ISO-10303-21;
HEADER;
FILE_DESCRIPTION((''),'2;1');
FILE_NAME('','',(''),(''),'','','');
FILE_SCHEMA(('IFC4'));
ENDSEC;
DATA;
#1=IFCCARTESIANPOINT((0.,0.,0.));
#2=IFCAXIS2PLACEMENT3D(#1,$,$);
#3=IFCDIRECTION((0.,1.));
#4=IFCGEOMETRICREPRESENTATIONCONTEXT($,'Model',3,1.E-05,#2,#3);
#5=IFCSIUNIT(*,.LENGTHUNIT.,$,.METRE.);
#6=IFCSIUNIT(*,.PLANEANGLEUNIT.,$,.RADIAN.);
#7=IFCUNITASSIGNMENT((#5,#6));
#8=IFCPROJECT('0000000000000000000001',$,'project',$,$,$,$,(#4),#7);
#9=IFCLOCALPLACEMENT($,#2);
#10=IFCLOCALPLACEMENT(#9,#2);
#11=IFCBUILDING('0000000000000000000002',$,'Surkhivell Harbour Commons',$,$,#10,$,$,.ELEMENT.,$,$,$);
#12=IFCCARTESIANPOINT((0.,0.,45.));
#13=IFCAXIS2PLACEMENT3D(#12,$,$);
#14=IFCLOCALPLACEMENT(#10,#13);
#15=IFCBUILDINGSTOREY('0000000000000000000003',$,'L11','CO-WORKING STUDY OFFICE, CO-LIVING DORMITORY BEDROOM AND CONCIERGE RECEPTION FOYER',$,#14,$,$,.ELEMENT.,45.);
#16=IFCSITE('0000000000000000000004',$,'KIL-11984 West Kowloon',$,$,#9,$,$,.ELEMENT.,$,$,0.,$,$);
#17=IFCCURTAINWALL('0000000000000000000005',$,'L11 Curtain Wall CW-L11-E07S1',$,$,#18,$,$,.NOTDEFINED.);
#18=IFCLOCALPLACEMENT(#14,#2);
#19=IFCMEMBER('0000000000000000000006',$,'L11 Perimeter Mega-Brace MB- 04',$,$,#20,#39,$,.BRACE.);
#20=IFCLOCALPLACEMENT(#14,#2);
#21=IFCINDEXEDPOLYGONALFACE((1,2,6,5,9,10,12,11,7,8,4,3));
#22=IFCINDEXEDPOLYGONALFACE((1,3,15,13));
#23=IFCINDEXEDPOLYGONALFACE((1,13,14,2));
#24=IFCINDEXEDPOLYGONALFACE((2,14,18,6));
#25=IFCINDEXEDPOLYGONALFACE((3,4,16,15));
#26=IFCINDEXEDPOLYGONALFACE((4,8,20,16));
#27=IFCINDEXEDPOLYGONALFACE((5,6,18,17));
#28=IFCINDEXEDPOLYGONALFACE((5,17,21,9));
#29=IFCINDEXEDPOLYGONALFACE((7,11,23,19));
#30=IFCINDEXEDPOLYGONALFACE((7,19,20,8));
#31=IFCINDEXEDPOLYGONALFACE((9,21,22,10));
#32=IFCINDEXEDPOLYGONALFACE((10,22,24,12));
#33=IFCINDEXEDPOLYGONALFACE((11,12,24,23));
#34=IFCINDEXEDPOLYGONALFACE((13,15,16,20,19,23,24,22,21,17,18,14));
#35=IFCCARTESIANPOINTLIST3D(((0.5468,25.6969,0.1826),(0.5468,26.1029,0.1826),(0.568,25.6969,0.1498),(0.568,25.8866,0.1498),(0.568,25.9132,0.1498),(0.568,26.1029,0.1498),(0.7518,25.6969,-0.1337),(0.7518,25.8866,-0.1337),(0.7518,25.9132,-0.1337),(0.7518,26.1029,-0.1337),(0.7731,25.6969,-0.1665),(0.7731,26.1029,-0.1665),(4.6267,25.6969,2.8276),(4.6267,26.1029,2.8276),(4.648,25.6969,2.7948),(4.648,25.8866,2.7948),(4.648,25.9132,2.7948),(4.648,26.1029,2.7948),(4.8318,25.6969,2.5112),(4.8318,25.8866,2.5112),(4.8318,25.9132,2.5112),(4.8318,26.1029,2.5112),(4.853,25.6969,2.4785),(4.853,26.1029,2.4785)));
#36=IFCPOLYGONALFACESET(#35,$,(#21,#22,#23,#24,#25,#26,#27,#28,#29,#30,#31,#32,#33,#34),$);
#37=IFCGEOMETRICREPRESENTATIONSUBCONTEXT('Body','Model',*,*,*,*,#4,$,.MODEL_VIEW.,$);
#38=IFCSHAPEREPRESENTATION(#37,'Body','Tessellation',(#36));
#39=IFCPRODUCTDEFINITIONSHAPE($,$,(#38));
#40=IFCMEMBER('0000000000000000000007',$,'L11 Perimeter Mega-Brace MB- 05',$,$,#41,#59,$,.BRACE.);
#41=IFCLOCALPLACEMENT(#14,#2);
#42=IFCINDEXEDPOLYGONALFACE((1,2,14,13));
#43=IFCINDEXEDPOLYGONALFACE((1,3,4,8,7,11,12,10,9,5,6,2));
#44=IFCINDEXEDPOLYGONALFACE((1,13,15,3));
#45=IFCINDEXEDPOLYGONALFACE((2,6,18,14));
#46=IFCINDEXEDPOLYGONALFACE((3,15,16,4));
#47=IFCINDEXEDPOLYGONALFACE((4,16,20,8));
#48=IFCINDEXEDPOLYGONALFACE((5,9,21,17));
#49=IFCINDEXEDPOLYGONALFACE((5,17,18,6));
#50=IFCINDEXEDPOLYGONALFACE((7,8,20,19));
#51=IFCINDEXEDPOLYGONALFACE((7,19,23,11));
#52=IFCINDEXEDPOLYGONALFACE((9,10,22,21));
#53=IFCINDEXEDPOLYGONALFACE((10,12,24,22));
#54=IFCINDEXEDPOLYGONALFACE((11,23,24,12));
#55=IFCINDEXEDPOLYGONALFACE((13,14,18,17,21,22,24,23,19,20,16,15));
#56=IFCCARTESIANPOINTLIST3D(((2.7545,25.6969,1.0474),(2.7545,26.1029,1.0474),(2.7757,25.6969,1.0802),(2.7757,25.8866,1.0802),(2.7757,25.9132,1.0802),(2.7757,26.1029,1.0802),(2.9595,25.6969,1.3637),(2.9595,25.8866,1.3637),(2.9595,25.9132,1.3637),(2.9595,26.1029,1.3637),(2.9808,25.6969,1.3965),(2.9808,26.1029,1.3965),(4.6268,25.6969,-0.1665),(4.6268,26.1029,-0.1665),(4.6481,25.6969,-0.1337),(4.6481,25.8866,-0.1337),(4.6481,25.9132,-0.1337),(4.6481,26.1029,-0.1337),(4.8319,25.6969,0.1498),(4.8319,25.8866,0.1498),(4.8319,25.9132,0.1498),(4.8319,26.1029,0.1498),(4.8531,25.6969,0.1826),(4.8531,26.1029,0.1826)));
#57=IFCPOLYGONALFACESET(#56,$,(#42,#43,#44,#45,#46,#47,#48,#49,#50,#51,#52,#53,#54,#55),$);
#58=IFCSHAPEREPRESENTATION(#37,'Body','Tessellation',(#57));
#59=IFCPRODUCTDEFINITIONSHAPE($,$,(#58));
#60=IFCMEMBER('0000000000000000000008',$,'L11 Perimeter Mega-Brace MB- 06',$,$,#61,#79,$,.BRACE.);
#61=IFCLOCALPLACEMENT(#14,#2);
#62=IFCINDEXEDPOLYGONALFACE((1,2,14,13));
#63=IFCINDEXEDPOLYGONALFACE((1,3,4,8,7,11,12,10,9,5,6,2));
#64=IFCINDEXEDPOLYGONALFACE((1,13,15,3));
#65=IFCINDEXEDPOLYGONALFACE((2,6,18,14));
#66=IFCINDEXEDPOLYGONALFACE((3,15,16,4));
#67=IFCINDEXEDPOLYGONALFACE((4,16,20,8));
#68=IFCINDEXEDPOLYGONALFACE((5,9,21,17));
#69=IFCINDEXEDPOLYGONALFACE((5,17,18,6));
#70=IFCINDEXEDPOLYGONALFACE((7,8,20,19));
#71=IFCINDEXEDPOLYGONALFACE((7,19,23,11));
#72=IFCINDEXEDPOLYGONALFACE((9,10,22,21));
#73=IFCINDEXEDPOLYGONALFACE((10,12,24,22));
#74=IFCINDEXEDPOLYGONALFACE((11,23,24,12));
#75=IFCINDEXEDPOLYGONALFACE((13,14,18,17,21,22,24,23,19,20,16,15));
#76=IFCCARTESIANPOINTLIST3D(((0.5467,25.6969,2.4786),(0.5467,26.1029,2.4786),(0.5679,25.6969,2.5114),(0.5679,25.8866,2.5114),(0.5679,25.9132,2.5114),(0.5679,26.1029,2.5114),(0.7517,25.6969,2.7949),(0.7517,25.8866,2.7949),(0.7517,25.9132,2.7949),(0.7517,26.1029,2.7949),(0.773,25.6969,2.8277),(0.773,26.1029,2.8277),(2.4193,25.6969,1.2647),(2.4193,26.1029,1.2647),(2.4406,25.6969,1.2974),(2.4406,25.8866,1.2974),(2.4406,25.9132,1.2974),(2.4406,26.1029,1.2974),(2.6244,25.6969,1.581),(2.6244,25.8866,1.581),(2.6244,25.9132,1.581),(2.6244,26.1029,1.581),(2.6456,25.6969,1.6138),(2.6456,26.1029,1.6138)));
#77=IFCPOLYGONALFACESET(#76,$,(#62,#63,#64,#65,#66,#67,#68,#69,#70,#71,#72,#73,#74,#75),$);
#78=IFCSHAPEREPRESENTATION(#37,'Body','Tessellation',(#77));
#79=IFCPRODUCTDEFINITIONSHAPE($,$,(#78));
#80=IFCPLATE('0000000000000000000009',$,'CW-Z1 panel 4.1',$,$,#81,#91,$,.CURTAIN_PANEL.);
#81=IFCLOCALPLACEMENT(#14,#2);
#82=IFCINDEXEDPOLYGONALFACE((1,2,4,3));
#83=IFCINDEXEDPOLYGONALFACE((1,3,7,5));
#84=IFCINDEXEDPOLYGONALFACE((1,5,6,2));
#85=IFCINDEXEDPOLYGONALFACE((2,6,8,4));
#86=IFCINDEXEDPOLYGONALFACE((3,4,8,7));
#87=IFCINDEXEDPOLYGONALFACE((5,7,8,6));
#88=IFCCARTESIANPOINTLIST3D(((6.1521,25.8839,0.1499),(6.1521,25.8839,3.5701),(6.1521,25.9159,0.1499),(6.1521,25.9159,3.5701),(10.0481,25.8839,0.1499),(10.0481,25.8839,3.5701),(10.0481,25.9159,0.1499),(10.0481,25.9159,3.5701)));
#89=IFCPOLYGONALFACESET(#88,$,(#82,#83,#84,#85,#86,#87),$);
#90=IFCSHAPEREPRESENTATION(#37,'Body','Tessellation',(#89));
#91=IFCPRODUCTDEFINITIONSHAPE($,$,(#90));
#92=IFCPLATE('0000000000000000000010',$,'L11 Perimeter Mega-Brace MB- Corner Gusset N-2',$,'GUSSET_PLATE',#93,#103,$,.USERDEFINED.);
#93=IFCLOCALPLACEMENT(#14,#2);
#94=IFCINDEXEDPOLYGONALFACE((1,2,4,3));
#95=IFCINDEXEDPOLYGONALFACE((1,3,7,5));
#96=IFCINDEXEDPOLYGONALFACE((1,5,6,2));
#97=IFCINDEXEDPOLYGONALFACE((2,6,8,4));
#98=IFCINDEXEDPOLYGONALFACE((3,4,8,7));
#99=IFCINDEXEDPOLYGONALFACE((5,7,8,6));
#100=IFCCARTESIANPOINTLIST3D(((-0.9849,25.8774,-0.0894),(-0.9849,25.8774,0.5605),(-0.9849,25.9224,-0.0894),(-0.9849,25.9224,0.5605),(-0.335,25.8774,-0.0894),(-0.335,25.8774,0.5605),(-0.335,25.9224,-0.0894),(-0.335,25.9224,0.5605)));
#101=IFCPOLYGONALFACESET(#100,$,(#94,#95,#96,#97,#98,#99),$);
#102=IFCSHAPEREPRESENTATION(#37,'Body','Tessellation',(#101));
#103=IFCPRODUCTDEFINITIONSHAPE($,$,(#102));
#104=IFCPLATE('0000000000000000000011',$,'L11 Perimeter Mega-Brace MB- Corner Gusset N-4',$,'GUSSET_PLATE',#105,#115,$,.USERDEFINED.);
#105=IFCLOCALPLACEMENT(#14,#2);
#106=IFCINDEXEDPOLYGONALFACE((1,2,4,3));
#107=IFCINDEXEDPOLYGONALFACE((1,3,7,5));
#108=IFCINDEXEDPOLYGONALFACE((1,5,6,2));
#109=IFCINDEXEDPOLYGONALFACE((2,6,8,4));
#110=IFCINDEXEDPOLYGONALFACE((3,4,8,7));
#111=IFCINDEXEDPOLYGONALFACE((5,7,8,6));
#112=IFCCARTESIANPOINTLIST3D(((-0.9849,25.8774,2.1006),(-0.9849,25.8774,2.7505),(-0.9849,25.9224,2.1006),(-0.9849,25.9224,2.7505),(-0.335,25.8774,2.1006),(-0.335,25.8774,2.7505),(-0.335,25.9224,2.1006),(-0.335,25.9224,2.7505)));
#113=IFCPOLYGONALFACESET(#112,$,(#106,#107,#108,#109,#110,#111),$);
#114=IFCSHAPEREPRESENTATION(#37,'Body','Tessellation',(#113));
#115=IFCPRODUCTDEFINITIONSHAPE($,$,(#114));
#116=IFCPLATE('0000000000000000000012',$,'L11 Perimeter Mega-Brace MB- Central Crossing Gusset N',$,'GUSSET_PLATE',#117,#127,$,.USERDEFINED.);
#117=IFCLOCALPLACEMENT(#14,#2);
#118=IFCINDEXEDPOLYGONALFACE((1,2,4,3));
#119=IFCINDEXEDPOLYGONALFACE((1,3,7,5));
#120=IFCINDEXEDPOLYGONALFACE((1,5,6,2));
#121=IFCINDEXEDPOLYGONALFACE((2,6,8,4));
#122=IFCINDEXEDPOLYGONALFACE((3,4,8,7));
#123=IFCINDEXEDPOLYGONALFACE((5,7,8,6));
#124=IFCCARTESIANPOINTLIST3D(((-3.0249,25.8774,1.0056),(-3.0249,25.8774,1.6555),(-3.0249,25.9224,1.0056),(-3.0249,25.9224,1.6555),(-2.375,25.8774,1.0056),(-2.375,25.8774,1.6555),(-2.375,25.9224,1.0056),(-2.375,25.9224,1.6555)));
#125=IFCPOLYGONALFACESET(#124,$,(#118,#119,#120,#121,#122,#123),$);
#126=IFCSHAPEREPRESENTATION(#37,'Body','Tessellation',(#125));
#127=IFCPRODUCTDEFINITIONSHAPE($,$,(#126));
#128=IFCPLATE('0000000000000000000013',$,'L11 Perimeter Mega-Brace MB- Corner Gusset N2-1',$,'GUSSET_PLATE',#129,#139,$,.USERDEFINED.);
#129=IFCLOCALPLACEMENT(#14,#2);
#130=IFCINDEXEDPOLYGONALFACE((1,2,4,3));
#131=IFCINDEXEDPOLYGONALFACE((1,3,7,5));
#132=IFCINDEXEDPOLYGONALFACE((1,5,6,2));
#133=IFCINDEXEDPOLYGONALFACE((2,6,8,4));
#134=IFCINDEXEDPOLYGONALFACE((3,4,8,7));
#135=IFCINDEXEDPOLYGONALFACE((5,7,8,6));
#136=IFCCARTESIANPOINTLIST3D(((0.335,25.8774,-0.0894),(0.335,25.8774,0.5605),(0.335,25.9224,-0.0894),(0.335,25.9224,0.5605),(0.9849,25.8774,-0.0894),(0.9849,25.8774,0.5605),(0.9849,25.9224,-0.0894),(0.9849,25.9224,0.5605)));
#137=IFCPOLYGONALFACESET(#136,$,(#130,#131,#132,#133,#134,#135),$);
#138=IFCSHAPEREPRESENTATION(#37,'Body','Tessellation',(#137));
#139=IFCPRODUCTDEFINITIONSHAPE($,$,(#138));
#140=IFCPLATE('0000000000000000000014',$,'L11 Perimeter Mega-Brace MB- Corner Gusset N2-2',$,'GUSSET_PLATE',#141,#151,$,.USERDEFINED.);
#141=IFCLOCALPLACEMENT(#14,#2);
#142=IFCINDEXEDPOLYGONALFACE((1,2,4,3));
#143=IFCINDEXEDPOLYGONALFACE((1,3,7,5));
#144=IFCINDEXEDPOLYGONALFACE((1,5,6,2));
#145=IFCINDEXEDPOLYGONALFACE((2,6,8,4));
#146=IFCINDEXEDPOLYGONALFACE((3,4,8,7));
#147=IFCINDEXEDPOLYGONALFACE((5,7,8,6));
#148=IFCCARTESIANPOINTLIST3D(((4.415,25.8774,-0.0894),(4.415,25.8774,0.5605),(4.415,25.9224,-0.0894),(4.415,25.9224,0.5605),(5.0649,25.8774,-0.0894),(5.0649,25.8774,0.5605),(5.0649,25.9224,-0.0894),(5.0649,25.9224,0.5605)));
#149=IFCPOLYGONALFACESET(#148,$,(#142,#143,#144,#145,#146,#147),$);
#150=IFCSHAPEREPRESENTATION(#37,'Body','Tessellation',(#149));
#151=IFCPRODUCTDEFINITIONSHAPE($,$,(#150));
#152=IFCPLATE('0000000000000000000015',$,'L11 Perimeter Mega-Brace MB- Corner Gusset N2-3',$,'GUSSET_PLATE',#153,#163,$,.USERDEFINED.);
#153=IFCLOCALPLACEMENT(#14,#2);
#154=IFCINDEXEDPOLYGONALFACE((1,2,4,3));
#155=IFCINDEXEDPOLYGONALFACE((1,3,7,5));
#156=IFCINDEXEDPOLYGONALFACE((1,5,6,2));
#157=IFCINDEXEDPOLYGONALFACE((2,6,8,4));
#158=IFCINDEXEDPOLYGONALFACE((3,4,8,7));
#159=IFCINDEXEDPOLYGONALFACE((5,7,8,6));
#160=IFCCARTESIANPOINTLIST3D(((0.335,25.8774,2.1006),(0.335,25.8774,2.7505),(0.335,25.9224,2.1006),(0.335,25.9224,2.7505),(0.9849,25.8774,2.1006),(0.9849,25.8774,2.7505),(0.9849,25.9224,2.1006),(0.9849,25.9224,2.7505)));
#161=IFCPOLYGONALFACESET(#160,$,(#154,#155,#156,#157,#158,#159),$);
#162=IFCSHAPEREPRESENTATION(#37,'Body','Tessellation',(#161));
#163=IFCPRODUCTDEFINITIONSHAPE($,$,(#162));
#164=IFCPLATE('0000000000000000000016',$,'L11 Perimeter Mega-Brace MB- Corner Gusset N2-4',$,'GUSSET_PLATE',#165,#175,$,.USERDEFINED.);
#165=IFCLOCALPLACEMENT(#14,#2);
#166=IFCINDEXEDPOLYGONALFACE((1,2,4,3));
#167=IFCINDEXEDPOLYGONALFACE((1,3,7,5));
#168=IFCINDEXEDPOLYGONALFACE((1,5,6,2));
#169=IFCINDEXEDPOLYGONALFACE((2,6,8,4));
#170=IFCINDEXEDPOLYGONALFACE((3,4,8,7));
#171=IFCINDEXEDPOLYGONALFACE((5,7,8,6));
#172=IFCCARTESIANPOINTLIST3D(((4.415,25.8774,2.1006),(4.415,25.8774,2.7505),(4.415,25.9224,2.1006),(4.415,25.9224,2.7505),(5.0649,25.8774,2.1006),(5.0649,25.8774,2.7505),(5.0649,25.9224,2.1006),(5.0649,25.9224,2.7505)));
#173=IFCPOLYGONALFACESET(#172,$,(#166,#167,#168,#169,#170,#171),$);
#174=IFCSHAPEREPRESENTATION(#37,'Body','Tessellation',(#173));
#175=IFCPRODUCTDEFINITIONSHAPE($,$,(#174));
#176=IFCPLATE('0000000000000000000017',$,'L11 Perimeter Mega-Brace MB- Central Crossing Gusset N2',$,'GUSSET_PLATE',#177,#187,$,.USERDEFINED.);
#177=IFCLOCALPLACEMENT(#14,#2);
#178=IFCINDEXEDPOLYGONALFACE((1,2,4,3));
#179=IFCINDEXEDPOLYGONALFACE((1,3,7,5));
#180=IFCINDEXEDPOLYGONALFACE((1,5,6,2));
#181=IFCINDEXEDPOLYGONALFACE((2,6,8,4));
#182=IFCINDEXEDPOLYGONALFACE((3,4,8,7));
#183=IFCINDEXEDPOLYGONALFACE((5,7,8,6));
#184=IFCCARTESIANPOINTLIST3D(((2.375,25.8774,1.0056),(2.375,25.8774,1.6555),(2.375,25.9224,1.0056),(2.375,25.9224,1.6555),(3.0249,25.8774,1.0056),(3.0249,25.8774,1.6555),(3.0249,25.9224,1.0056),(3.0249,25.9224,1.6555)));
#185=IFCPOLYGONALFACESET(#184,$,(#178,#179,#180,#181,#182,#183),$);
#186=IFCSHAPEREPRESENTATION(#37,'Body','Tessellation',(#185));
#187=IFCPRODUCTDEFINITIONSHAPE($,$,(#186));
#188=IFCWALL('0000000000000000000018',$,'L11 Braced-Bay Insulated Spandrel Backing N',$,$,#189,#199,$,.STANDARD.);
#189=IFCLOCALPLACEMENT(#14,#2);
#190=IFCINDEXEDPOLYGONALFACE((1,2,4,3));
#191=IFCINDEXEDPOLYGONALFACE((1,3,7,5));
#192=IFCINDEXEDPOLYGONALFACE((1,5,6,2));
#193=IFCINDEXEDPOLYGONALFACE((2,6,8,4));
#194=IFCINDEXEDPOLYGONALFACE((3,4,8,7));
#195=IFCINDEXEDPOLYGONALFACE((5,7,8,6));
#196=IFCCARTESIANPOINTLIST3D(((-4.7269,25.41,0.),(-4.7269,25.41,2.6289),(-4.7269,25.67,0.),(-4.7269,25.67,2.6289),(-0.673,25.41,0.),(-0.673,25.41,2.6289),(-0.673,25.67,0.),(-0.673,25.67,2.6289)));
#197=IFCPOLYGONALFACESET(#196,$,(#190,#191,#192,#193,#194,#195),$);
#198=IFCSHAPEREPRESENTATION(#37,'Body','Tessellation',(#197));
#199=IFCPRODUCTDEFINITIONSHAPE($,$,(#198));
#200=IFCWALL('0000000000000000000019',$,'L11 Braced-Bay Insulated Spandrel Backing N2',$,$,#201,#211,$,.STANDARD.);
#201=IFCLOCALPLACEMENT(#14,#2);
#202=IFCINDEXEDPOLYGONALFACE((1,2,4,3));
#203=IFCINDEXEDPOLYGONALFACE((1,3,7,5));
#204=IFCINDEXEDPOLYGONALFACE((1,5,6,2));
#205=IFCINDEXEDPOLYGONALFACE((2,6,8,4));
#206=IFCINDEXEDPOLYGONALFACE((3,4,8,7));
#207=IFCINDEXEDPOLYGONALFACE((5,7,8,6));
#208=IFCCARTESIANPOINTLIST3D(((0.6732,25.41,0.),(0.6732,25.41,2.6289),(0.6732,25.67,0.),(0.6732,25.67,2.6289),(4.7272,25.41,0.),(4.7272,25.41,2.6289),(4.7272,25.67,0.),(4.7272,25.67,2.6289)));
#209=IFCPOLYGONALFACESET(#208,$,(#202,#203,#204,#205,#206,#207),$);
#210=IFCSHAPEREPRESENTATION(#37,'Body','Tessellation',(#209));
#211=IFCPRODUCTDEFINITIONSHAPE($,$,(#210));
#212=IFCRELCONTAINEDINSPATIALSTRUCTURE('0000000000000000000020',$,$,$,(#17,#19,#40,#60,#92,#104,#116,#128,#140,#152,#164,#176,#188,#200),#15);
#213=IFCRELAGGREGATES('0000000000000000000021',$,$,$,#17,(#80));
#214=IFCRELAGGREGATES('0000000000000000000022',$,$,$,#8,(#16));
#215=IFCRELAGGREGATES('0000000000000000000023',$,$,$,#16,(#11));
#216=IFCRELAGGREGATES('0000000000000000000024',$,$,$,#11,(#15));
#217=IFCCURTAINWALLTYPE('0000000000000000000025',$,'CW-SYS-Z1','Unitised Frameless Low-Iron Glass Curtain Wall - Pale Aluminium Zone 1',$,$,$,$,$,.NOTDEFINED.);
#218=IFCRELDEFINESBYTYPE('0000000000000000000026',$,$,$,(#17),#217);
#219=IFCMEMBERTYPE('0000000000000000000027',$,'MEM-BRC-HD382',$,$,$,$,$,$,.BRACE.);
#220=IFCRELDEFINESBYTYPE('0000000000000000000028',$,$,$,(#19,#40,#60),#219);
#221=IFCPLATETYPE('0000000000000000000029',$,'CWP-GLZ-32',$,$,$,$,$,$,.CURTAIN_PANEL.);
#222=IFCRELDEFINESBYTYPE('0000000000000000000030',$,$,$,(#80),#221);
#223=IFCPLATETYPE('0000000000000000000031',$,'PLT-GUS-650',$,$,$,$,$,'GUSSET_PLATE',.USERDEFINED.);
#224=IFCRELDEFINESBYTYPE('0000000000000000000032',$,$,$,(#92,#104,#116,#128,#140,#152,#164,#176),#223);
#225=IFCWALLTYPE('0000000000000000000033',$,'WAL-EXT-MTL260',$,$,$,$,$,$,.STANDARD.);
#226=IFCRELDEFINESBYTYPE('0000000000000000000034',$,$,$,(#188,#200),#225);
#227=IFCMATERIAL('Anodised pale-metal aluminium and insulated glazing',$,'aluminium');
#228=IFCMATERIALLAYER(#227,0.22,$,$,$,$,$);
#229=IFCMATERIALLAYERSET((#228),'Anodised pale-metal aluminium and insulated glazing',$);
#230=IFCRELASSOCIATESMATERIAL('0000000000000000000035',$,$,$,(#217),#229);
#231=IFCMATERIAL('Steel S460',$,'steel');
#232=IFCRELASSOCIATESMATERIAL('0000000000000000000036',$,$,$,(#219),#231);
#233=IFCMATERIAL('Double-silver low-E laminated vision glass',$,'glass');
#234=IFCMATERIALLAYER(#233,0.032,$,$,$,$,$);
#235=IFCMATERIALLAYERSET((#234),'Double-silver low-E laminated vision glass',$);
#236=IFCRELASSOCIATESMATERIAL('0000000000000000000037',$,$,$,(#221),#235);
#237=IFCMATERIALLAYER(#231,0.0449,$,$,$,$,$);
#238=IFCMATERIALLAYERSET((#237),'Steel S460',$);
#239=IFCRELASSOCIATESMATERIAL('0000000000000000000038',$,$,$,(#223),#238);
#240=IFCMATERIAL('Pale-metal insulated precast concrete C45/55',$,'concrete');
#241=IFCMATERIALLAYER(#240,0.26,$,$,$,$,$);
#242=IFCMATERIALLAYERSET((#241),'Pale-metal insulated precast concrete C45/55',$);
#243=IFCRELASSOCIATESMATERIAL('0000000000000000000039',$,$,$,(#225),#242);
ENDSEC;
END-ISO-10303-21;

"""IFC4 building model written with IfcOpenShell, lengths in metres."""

from ifc_helpers import new_model, si_unit, direction, frame, frame_2d, origin, origin_2d, place, context, subcontext, project, spatial, rectangle, i_section, extrude, material, layer, layer_set, material_profile, profile_set, type_object, element, aggregate, save


model = new_model("IFC4")

# Units and contexts
model_context = context("Model", 3, precision=1e-05, world=origin(), true_north=direction((0.0, 1.0)))
body_context = subcontext(model_context, "Body", "Model", "MODEL_VIEW")
ifc_project = project(units=[si_unit("LENGTHUNIT", "METRE"), si_unit("PLANEANGLEUNIT", "RADIAN")], contexts=[model_context])

# Site, building, storey
site_placement = place(None, origin())
site = spatial("IfcSite", under=ifc_project, at=site_placement, Name="KIL-11984 West Kowloon", CompositionType="ELEMENT", RefElevation=0.0)
building_placement = place(site_placement, origin())
building = spatial("IfcBuilding", under=site, at=building_placement, Name="Surkhivell Harbour Commons", CompositionType="ELEMENT")
storey_placement = place(building_placement, frame((0.0, 0.0, 45.0)))
storey = spatial("IfcBuildingStorey", under=building, at=storey_placement, Name="L11", Description="CO-WORKING STUDY OFFICE, CO-LIVING DORMITORY BEDROOM AND CONCIERGE RECEPTION FOYER", CompositionType="ELEMENT", Elevation=45.0)

# Shared definitions
ifc_material_1 = material(Name="Steel S460", Category="steel")

# Curtain wall
ifc_material_2 = material(Name="Anodised pale-metal aluminium and insulated glazing", Category="aluminium")
ifc_layer_1 = layer(ifc_material_2, 0.22)
ifc_layer_set_1 = layer_set([ifc_layer_1], Name="Anodised pale-metal aluminium and insulated glazing")
curtain_wall_type = type_object("IfcCurtainWallType", Name="CW-SYS-Z1", Description="Unitised Frameless Low-Iron Glass Curtain Wall - Pale Aluminium Zone 1", PredefinedType="NOTDEFINED", material=ifc_layer_set_1)
curtain_wall_placement = place(storey_placement, origin())
curtain_wall = element("IfcCurtainWall", 1, at=curtain_wall_placement, inside=storey, type_object=curtain_wall_type, Name="L11 Curtain Wall CW-L11-E07S1", PredefinedType="NOTDEFINED")

# Members
ifc_material_profile_1 = material_profile(ifc_material_1, i_section(OverallWidth=0.406, OverallDepth=0.416, WebThickness=0.0266, FlangeThickness=0.0391, at=origin_2d()), Name="HD400x382")
ifc_profile_set_1 = profile_set([ifc_material_profile_1], Name="Steel S460")
member_type_1 = type_object("IfcMemberType", Name="MEM-BRC-HD382", PredefinedType="BRACE", material=ifc_profile_set_1)
member_1_placement = place(storey_placement, frame((0.6599, 25.8999, 0.0081), z_axis=(0.839104, 0.0, 0.543971), x_axis=(0.0, 1.0, 0.0)))
element("IfcMember", 2, at=member_1_placement, inside=storey, type_object=member_type_1, Name="L11 Perimeter Mega-Brace MB- 04", PredefinedType="BRACE", context=body_context, shape_type="SweptSolid", body=[
    extrude(i_section(OverallWidth=0.406, OverallDepth=0.416, WebThickness=0.0266, FlangeThickness=0.0391, at=origin_2d()), origin(), (0.0, 0.0, 1.0), 4.8623),
])
member_2_placement = place(storey_placement, frame((4.74, 25.8999, 0.0081), z_axis=(-0.839085, 0.0, 0.544), x_axis=(0.0, -1.0, 0.0)))
element("IfcMember", 3, at=member_2_placement, inside=storey, type_object=member_type_1, Name="L11 Perimeter Mega-Brace MB- 05", PredefinedType="BRACE", context=body_context, shape_type="SweptSolid", body=[
    extrude(i_section(OverallWidth=0.406, OverallDepth=0.416, WebThickness=0.0266, FlangeThickness=0.0391, at=origin_2d()), origin(), (0.0, 0.0, 1.0), 2.2314),
])
member_3_placement = place(storey_placement, frame((2.5325, 25.8999, 1.4392), z_axis=(-0.839118, 0.0, 0.54395), x_axis=(0.0, -1.0, 0.0)))
element("IfcMember", 4, at=member_3_placement, inside=storey, type_object=member_type_1, Name="L11 Perimeter Mega-Brace MB- 06", PredefinedType="BRACE", context=body_context, shape_type="SweptSolid", body=[
    extrude(i_section(OverallWidth=0.406, OverallDepth=0.416, WebThickness=0.0266, FlangeThickness=0.0391, at=origin_2d()), origin(), (0.0, 0.0, 1.0), 2.2317),
])

# Plate
ifc_material_3 = material(Name="Double-silver low-E laminated vision glass", Category="glass")
ifc_layer_2 = layer(ifc_material_3, 0.032)
ifc_layer_set_2 = layer_set([ifc_layer_2], Name="Double-silver low-E laminated vision glass")
plate_type_1 = type_object("IfcPlateType", Name="CWP-GLZ-32", PredefinedType="CURTAIN_PANEL", material=ifc_layer_set_2)
plate_placement = place(storey_placement, frame((10.0481, 25.8999, 0.1499), z_axis=(0.0, 0.0, 1.0), x_axis=(-1.0, 0.0, 0.0)))
plate = element("IfcPlate", 5, at=plate_placement, type_object=plate_type_1, Name="CW-Z1 panel 4.1", PredefinedType="CURTAIN_PANEL", context=body_context, shape_type="SweptSolid", body=[
    extrude(rectangle(XDim=3.896, YDim=0.032, at=frame_2d((1.948, 0.0))), origin(), (0.0, 0.0, 1.0), 3.4202),
])
aggregate(curtain_wall, [plate])

# Plates
ifc_layer_3 = layer(ifc_material_1, 0.0449)
ifc_layer_set_3 = layer_set([ifc_layer_3], Name="Steel S460")
plate_type_2 = type_object("IfcPlateType", Name="PLT-GUS-650", ElementType="GUSSET_PLATE", PredefinedType="USERDEFINED", material=ifc_layer_set_3)
for number, where, z_axis, x_axis, name in (
    (6, (-0.6599, 25.8999, -0.0894), (0.0, 0.0, 1.0), (1.0, 0.0, 0.0), "L11 Perimeter Mega-Brace MB- Corner Gusset N-2"),
    (7, (-0.6599, 25.8999, 2.1006), (0.0, 0.0, 1.0), (1.0, 0.0, 0.0), "L11 Perimeter Mega-Brace MB- Corner Gusset N-4"),
    (8, (-2.7, 25.8999, 1.0056), (0.0, 0.0, 1.0), (1.0, 0.0, 0.0), "L11 Perimeter Mega-Brace MB- Central Crossing Gusset N"),
    (9, (0.6599, 25.8999, -0.0894), (0.0, 0.0, 1.0), (1.0, 0.0, 0.0), "L11 Perimeter Mega-Brace MB- Corner Gusset N2-1"),
    (10, (4.74, 25.8999, -0.0894), (0.0, 0.0, 1.0), (1.0, 0.0, 0.0), "L11 Perimeter Mega-Brace MB- Corner Gusset N2-2"),
    (11, (0.6599, 25.8999, 2.1006), (0.0, 0.0, 1.0), (1.0, 0.0, 0.0), "L11 Perimeter Mega-Brace MB- Corner Gusset N2-3"),
    (12, (4.74, 25.8999, 2.1006), (0.0, 0.0, 1.0), (1.0, 0.0, 0.0), "L11 Perimeter Mega-Brace MB- Corner Gusset N2-4"),
    (13, (2.7, 25.8999, 1.0056), (0.0, 0.0, 1.0), (1.0, 0.0, 0.0), "L11 Perimeter Mega-Brace MB- Central Crossing Gusset N2"),
):
    element("IfcPlate", number, at=place(storey_placement, frame(where, z_axis=z_axis, x_axis=x_axis)), inside=storey, type_object=plate_type_2, Name=name, ObjectType="GUSSET_PLATE", PredefinedType="USERDEFINED", context=body_context, shape_type="SweptSolid", body=[
        extrude(rectangle(XDim=0.6499, YDim=0.0449, at=origin_2d()), origin(), (0.0, 0.0, 1.0), 0.6499),
    ])

# Walls
ifc_material_4 = material(Name="Pale-metal insulated precast concrete C45/55", Category="concrete")
ifc_layer_4 = layer(ifc_material_4, 0.26)
ifc_layer_set_4 = layer_set([ifc_layer_4], Name="Pale-metal insulated precast concrete C45/55")
wall_type = type_object("IfcWallType", Name="WAL-EXT-MTL260", PredefinedType="STANDARD", material=ifc_layer_set_4)
for number, where, z_axis, x_axis, name in (
    (14, (-0.6731, 25.54, 0.0), (0.0, 0.0, 1.0), (-1.0, 0.0, 0.0), "L11 Braced-Bay Insulated Spandrel Backing N"),
    (15, (4.7271, 25.54, 0.0), (0.0, 0.0, 1.0), (-1.0, 0.0, 0.0), "L11 Braced-Bay Insulated Spandrel Backing N2"),
):
    element("IfcWall", number, at=place(storey_placement, frame(where, z_axis=z_axis, x_axis=x_axis)), inside=storey, type_object=wall_type, Name=name, PredefinedType="STANDARD", context=body_context, shape_type="SweptSolid", body=[
        extrude(rectangle(XDim=4.054, YDim=0.26, at=frame_2d((2.0269, 0.0))), origin(), (0.0, 0.0, 1.0), 2.6289),
    ])

save(model, "model.ifc")
